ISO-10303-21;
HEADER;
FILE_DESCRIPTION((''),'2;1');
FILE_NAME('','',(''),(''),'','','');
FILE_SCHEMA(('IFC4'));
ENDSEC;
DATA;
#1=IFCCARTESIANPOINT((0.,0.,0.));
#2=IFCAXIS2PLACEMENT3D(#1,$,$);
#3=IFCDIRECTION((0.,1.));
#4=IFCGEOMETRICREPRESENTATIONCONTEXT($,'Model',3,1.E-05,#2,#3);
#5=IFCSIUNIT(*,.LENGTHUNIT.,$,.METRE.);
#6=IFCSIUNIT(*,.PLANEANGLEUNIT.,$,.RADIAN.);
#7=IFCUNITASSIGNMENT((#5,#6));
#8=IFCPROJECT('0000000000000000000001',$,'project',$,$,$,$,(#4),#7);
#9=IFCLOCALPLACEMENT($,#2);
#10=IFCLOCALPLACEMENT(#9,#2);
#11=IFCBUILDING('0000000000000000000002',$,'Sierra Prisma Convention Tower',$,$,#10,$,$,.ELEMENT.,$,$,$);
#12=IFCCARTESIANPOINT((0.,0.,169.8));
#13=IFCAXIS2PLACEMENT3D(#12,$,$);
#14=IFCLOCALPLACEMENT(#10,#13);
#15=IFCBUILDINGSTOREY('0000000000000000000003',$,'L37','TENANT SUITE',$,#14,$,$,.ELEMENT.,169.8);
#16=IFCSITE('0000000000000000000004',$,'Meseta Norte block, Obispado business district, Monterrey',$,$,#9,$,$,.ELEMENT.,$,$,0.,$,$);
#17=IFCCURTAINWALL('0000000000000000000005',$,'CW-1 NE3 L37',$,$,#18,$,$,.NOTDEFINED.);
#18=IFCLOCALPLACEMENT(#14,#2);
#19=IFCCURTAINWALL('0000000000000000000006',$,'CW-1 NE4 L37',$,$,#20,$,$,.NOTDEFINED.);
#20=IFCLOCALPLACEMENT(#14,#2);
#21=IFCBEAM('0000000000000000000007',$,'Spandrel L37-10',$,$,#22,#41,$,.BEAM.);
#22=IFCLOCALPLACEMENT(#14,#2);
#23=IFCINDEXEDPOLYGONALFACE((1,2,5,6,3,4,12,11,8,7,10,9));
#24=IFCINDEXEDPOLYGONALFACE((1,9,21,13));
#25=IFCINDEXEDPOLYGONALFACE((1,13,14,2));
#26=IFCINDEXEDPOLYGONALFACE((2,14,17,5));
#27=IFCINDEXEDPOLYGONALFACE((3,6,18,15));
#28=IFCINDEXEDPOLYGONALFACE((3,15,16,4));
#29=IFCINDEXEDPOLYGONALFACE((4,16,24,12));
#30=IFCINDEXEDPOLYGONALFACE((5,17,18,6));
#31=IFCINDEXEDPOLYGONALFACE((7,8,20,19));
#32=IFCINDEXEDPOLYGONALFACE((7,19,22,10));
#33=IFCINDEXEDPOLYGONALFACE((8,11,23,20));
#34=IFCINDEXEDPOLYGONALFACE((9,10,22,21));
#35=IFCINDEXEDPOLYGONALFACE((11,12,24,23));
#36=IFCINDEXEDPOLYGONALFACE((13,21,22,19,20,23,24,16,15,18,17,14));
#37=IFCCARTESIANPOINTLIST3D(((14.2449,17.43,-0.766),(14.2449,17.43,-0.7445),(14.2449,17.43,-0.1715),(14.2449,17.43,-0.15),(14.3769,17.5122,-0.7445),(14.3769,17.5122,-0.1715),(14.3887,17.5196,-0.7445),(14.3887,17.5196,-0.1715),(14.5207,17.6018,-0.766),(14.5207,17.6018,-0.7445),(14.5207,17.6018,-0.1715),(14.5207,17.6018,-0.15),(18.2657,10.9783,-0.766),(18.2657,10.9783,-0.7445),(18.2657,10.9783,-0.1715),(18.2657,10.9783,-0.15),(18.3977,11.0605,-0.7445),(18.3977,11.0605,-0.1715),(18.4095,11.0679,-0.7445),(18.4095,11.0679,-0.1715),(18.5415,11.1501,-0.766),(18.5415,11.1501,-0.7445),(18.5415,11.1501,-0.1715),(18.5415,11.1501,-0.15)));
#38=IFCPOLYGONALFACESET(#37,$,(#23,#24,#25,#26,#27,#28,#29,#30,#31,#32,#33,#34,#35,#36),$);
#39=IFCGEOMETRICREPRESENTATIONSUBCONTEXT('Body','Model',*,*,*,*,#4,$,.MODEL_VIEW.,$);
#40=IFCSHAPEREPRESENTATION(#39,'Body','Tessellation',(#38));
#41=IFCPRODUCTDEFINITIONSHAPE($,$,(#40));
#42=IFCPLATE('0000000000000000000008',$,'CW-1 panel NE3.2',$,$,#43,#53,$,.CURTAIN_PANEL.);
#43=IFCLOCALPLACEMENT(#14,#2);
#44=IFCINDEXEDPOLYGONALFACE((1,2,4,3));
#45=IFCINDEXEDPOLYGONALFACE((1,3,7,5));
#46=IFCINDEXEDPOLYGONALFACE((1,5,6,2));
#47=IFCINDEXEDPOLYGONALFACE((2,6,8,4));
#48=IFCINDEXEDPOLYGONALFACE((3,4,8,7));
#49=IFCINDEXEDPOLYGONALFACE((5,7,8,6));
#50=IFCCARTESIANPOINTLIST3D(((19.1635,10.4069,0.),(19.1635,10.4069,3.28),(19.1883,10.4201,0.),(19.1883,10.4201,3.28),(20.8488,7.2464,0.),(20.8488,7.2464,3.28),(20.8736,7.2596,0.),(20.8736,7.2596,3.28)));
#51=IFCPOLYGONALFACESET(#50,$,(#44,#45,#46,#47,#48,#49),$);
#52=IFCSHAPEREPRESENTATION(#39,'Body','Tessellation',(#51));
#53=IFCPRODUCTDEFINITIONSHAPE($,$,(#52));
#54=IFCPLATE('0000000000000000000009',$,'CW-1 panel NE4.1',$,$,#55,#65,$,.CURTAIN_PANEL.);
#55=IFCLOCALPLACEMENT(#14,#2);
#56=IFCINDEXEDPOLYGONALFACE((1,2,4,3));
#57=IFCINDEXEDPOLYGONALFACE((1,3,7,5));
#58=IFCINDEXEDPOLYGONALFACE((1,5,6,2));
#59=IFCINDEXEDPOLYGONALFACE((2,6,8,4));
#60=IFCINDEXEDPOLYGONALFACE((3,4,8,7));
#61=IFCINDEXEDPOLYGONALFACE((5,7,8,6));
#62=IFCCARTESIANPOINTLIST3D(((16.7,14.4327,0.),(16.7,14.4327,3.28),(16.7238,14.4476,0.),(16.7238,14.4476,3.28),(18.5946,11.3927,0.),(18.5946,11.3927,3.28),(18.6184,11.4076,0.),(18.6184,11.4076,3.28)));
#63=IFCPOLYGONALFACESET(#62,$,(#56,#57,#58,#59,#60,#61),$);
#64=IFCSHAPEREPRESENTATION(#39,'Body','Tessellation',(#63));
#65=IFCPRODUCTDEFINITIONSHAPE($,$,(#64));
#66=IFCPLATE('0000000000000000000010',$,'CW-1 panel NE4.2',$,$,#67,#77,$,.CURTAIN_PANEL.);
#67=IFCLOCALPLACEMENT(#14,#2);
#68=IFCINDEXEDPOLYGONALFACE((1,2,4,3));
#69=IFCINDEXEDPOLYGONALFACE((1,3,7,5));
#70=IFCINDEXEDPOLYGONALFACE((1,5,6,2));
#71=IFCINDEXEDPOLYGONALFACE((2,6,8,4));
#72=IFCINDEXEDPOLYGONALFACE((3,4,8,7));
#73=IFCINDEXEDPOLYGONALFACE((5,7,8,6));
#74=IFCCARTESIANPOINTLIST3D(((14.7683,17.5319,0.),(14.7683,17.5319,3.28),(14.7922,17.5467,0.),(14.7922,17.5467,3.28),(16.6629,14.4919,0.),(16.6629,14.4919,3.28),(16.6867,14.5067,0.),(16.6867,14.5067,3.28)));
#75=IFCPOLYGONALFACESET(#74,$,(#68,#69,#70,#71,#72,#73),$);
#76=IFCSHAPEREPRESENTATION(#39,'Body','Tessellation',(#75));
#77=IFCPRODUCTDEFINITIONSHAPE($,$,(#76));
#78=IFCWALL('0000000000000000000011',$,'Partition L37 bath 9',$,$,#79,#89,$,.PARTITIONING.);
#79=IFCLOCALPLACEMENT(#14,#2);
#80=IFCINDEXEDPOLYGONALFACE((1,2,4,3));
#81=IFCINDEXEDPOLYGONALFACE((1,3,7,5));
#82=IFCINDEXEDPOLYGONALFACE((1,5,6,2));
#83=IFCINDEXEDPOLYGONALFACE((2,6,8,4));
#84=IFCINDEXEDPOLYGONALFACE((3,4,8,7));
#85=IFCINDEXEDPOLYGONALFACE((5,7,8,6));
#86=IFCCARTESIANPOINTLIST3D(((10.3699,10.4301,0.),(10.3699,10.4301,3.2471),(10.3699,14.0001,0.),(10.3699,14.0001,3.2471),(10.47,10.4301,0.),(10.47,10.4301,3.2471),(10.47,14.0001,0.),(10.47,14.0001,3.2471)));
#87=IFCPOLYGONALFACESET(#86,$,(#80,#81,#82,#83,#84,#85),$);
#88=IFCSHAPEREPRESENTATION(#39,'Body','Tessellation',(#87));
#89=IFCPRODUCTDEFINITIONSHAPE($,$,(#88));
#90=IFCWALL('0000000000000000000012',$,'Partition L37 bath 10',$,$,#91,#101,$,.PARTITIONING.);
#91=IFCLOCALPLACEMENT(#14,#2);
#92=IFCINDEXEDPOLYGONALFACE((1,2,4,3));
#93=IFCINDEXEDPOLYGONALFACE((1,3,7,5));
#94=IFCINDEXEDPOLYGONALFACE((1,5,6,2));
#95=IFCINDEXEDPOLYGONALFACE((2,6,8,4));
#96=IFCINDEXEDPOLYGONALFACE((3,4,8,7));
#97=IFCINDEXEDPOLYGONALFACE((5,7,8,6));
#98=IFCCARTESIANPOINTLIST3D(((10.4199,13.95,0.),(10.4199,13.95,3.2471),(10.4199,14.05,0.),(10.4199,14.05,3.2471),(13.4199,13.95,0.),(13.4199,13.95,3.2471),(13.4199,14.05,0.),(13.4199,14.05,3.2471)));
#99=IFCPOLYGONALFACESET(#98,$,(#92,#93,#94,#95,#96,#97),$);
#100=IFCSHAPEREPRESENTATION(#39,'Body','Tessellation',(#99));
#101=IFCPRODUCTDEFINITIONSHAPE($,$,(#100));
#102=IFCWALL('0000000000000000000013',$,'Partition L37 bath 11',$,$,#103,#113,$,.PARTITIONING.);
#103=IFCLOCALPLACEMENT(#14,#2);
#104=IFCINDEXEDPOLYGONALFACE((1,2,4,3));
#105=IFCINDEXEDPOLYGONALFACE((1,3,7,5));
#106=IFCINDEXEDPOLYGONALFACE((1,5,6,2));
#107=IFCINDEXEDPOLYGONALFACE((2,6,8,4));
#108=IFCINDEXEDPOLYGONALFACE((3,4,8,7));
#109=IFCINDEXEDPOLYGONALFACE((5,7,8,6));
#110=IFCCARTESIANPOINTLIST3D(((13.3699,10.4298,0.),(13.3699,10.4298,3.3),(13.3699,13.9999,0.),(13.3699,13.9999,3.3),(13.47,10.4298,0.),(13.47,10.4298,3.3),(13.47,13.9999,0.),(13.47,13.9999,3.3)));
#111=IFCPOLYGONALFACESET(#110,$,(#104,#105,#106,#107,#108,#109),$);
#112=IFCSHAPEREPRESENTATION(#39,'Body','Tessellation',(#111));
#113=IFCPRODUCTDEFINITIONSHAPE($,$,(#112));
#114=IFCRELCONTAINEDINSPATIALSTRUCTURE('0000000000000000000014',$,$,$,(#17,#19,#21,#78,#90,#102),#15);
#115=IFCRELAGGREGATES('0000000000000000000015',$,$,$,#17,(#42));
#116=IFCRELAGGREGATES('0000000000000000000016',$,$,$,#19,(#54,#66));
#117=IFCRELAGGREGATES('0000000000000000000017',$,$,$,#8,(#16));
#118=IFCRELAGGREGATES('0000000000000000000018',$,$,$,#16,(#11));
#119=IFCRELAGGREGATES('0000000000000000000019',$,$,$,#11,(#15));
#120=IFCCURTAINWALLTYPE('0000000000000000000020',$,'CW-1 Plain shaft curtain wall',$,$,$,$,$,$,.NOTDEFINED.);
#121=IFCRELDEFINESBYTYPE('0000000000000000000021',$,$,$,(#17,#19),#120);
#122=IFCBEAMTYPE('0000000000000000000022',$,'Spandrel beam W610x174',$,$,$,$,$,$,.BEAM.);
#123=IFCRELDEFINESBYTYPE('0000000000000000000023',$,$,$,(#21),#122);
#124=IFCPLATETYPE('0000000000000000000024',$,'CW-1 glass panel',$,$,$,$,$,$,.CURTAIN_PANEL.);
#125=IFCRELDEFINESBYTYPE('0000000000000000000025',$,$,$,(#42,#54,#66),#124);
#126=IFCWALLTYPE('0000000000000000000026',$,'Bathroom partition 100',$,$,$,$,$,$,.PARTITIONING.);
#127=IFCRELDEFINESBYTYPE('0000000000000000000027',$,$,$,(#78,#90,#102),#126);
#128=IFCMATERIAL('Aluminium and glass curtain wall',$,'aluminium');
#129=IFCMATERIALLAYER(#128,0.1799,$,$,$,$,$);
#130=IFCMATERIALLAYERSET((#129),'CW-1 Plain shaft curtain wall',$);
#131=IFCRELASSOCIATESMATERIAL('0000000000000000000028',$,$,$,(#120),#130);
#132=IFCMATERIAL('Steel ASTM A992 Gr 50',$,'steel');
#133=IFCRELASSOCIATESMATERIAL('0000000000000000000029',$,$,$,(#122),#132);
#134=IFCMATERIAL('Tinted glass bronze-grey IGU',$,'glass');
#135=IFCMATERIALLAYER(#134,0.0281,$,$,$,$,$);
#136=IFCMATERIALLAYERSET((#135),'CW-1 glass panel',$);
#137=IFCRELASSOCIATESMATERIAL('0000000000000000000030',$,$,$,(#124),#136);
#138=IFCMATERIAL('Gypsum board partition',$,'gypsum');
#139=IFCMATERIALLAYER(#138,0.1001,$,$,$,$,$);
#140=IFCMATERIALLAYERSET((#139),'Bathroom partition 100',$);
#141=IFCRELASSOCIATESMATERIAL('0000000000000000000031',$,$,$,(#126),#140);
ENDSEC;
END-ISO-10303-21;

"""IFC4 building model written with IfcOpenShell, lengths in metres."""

from ifc_helpers import new_model, si_unit, direction, frame, frame_2d, origin, origin_2d, place, context, subcontext, project, spatial, rectangle, i_section, extrude, material, layer, layer_set, material_profile, profile_set, type_object, element, aggregate, save


model = new_model("IFC4")

# Units and contexts
model_context = context("Model", 3, precision=1e-05, world=origin(), true_north=direction((0.0, 1.0)))
body_context = subcontext(model_context, "Body", "Model", "MODEL_VIEW")
ifc_project = project(units=[si_unit("LENGTHUNIT", "METRE"), si_unit("PLANEANGLEUNIT", "RADIAN")], contexts=[model_context])

# Site, building, storey
site_placement = place(None, origin())
site = spatial("IfcSite", under=ifc_project, at=site_placement, Name="Meseta Norte block, Obispado business district, Monterrey", CompositionType="ELEMENT", RefElevation=0.0)
building_placement = place(site_placement, origin())
building = spatial("IfcBuilding", under=site, at=building_placement, Name="Sierra Prisma Convention Tower", CompositionType="ELEMENT")
storey_placement = place(building_placement, frame((0.0, 0.0, 169.8)))
storey = spatial("IfcBuildingStorey", under=building, at=storey_placement, Name="L37", Description="TENANT SUITE", CompositionType="ELEMENT", Elevation=169.8)

# Curtain wall
ifc_material_1 = material(Name="Aluminium and glass curtain wall", Category="aluminium")
ifc_layer_1 = layer(ifc_material_1, 0.1799)
ifc_layer_set_1 = layer_set([ifc_layer_1], Name="CW-1 Plain shaft curtain wall")
curtain_wall_type = type_object("IfcCurtainWallType", Name="CW-1 Plain shaft curtain wall", PredefinedType="NOTDEFINED", material=ifc_layer_set_1)
curtain_wall_1_placement = place(storey_placement, origin())
curtain_wall_1 = element("IfcCurtainWall", 1, at=curtain_wall_1_placement, inside=storey, type_object=curtain_wall_type, Name="CW-1 NE3 L37", PredefinedType="NOTDEFINED")

# Curtain wall
curtain_wall_2_placement = place(storey_placement, origin())
curtain_wall_2 = element("IfcCurtainWall", 2, at=curtain_wall_2_placement, inside=storey, type_object=curtain_wall_type, Name="CW-1 NE4 L37", PredefinedType="NOTDEFINED")

# Beam
ifc_material_2 = material(Name="Steel ASTM A992 Gr 50", Category="steel")
ifc_material_profile_1 = material_profile(ifc_material_2, i_section(OverallWidth=0.325, OverallDepth=0.616, WebThickness=0.0139, FlangeThickness=0.0215, at=origin_2d()), Name="W610x174")
ifc_profile_set_1 = profile_set([ifc_material_profile_1], Name="Steel ASTM A992 Gr 50")
beam_type_1 = type_object("IfcBeamType", Name="Spandrel beam W610x174", PredefinedType="BEAM", material=ifc_profile_set_1)
beam_1_placement = place(storey_placement, frame((18.4036, 11.0642, -0.458), z_axis=(-0.528907, 0.84868, 0.0), x_axis=(-0.84868, -0.528907, 0.0)))
element("IfcBeam", 3, at=beam_1_placement, inside=storey, type_object=beam_type_1, Name="Spandrel L37-10", PredefinedType="BEAM", context=body_context, shape_type="SweptSolid", body=[
    extrude(i_section(OverallWidth=0.325, OverallDepth=0.616, WebThickness=0.0139, FlangeThickness=0.0215, at=origin_2d()), origin(), (0.0, 0.0, 1.0), 7.6021),
])

# Plates
ifc_material_3 = material(Name="Tinted glass bronze-grey IGU", Category="glass")
ifc_layer_2 = layer(ifc_material_3, 0.0281)
ifc_layer_set_2 = layer_set([ifc_layer_2], Name="CW-1 glass panel")
plate_type = type_object("IfcPlateType", Name="CW-1 glass panel", PredefinedType="CURTAIN_PANEL", material=ifc_layer_set_2)
plate_1_placement = place(storey_placement, frame((20.0186, 8.8333, 0.0), z_axis=(0.0, 0.0, 1.0), x_axis=(-0.470518, 0.88239, 0.0)))
plate_1 = element("IfcPlate", 4, at=plate_1_placement, type_object=plate_type, Name="CW-1 panel NE3.2", PredefinedType="CURTAIN_PANEL", context=body_context, shape_type="SweptSolid", body=[
    extrude(rectangle(XDim=3.5818, YDim=0.0281, at=origin_2d()), origin(), (0.0, 0.0, 1.0), 3.28),
])
aggregate(curtain_wall_1, [plate_1])
plate_2_placement = place(storey_placement, frame((17.6592, 12.9202, 0.0), z_axis=(0.0, 0.0, 1.0), x_axis=(-0.528913, 0.848676, 0.0)))
plate_2 = element("IfcPlate", 5, at=plate_2_placement, type_object=plate_type, Name="CW-1 panel NE4.1", PredefinedType="CURTAIN_PANEL", context=body_context, shape_type="SweptSolid", body=[
    extrude(rectangle(XDim=3.582, YDim=0.0281, at=origin_2d()), origin(), (0.0, 0.0, 1.0), 3.28),
])
plate_3_placement = place(storey_placement, frame((15.7275, 16.0193, 0.0), z_axis=(0.0, 0.0, 1.0), x_axis=(-0.528913, 0.848676, 0.0)))
plate_3 = element("IfcPlate", 6, at=plate_3_placement, type_object=plate_type, Name="CW-1 panel NE4.2", PredefinedType="CURTAIN_PANEL", context=body_context, shape_type="SweptSolid", body=[
    extrude(rectangle(XDim=3.582, YDim=0.0281, at=origin_2d()), origin(), (0.0, 0.0, 1.0), 3.28),
])
aggregate(curtain_wall_2, [plate_2, plate_3])

# Walls
ifc_material_4 = material(Name="Gypsum board partition", Category="gypsum")
ifc_layer_3 = layer(ifc_material_4, 0.1001)
ifc_layer_set_3 = layer_set([ifc_layer_3], Name="Bathroom partition 100")
wall_type_1 = type_object("IfcWallType", Name="Bathroom partition 100", PredefinedType="PARTITIONING", material=ifc_layer_set_3)
wall_1_placement = place(storey_placement, frame((10.4199, 10.4299, 0.0), z_axis=(0.0, 0.0, 1.0), x_axis=(0.0, 1.0, 0.0)))
element("IfcWall", 7, at=wall_1_placement, inside=storey, type_object=wall_type_1, Name="Partition L37 bath 9", PredefinedType="PARTITIONING", context=body_context, shape_type="SweptSolid", body=[
    extrude(rectangle(XDim=3.5701, YDim=0.1001, at=frame_2d((1.7852, 0.0))), origin(), (0.0, 0.0, 1.0), 3.2471),
])
wall_2_placement = place(storey_placement, frame((10.4199, 14.0, 0.0), z_axis=(0.0, 0.0, 1.0), x_axis=(1.0, 0.0, 0.0)))
element("IfcWall", 8, at=wall_2_placement, inside=storey, type_object=wall_type_1, Name="Partition L37 bath 10", PredefinedType="PARTITIONING", context=body_context, shape_type="SweptSolid", body=[
    extrude(rectangle(XDim=3.0, YDim=0.1001, at=frame_2d((1.5, 0.0))), origin(), (0.0, 0.0, 1.0), 3.2471),
])
wall_3_placement = place(storey_placement, frame((13.4199, 14.0, 0.0), z_axis=(0.0, 0.0, 1.0), x_axis=(0.0, -1.0, 0.0)))
element("IfcWall", 9, at=wall_3_placement, inside=storey, type_object=wall_type_1, Name="Partition L37 bath 11", PredefinedType="PARTITIONING", context=body_context, shape_type="SweptSolid", body=[
    extrude(rectangle(XDim=3.5701, YDim=0.1001, at=frame_2d((1.7852, 0.0))), origin(), (0.0, 0.0, 1.0), 3.3),
])

save(model, "model.ifc")
